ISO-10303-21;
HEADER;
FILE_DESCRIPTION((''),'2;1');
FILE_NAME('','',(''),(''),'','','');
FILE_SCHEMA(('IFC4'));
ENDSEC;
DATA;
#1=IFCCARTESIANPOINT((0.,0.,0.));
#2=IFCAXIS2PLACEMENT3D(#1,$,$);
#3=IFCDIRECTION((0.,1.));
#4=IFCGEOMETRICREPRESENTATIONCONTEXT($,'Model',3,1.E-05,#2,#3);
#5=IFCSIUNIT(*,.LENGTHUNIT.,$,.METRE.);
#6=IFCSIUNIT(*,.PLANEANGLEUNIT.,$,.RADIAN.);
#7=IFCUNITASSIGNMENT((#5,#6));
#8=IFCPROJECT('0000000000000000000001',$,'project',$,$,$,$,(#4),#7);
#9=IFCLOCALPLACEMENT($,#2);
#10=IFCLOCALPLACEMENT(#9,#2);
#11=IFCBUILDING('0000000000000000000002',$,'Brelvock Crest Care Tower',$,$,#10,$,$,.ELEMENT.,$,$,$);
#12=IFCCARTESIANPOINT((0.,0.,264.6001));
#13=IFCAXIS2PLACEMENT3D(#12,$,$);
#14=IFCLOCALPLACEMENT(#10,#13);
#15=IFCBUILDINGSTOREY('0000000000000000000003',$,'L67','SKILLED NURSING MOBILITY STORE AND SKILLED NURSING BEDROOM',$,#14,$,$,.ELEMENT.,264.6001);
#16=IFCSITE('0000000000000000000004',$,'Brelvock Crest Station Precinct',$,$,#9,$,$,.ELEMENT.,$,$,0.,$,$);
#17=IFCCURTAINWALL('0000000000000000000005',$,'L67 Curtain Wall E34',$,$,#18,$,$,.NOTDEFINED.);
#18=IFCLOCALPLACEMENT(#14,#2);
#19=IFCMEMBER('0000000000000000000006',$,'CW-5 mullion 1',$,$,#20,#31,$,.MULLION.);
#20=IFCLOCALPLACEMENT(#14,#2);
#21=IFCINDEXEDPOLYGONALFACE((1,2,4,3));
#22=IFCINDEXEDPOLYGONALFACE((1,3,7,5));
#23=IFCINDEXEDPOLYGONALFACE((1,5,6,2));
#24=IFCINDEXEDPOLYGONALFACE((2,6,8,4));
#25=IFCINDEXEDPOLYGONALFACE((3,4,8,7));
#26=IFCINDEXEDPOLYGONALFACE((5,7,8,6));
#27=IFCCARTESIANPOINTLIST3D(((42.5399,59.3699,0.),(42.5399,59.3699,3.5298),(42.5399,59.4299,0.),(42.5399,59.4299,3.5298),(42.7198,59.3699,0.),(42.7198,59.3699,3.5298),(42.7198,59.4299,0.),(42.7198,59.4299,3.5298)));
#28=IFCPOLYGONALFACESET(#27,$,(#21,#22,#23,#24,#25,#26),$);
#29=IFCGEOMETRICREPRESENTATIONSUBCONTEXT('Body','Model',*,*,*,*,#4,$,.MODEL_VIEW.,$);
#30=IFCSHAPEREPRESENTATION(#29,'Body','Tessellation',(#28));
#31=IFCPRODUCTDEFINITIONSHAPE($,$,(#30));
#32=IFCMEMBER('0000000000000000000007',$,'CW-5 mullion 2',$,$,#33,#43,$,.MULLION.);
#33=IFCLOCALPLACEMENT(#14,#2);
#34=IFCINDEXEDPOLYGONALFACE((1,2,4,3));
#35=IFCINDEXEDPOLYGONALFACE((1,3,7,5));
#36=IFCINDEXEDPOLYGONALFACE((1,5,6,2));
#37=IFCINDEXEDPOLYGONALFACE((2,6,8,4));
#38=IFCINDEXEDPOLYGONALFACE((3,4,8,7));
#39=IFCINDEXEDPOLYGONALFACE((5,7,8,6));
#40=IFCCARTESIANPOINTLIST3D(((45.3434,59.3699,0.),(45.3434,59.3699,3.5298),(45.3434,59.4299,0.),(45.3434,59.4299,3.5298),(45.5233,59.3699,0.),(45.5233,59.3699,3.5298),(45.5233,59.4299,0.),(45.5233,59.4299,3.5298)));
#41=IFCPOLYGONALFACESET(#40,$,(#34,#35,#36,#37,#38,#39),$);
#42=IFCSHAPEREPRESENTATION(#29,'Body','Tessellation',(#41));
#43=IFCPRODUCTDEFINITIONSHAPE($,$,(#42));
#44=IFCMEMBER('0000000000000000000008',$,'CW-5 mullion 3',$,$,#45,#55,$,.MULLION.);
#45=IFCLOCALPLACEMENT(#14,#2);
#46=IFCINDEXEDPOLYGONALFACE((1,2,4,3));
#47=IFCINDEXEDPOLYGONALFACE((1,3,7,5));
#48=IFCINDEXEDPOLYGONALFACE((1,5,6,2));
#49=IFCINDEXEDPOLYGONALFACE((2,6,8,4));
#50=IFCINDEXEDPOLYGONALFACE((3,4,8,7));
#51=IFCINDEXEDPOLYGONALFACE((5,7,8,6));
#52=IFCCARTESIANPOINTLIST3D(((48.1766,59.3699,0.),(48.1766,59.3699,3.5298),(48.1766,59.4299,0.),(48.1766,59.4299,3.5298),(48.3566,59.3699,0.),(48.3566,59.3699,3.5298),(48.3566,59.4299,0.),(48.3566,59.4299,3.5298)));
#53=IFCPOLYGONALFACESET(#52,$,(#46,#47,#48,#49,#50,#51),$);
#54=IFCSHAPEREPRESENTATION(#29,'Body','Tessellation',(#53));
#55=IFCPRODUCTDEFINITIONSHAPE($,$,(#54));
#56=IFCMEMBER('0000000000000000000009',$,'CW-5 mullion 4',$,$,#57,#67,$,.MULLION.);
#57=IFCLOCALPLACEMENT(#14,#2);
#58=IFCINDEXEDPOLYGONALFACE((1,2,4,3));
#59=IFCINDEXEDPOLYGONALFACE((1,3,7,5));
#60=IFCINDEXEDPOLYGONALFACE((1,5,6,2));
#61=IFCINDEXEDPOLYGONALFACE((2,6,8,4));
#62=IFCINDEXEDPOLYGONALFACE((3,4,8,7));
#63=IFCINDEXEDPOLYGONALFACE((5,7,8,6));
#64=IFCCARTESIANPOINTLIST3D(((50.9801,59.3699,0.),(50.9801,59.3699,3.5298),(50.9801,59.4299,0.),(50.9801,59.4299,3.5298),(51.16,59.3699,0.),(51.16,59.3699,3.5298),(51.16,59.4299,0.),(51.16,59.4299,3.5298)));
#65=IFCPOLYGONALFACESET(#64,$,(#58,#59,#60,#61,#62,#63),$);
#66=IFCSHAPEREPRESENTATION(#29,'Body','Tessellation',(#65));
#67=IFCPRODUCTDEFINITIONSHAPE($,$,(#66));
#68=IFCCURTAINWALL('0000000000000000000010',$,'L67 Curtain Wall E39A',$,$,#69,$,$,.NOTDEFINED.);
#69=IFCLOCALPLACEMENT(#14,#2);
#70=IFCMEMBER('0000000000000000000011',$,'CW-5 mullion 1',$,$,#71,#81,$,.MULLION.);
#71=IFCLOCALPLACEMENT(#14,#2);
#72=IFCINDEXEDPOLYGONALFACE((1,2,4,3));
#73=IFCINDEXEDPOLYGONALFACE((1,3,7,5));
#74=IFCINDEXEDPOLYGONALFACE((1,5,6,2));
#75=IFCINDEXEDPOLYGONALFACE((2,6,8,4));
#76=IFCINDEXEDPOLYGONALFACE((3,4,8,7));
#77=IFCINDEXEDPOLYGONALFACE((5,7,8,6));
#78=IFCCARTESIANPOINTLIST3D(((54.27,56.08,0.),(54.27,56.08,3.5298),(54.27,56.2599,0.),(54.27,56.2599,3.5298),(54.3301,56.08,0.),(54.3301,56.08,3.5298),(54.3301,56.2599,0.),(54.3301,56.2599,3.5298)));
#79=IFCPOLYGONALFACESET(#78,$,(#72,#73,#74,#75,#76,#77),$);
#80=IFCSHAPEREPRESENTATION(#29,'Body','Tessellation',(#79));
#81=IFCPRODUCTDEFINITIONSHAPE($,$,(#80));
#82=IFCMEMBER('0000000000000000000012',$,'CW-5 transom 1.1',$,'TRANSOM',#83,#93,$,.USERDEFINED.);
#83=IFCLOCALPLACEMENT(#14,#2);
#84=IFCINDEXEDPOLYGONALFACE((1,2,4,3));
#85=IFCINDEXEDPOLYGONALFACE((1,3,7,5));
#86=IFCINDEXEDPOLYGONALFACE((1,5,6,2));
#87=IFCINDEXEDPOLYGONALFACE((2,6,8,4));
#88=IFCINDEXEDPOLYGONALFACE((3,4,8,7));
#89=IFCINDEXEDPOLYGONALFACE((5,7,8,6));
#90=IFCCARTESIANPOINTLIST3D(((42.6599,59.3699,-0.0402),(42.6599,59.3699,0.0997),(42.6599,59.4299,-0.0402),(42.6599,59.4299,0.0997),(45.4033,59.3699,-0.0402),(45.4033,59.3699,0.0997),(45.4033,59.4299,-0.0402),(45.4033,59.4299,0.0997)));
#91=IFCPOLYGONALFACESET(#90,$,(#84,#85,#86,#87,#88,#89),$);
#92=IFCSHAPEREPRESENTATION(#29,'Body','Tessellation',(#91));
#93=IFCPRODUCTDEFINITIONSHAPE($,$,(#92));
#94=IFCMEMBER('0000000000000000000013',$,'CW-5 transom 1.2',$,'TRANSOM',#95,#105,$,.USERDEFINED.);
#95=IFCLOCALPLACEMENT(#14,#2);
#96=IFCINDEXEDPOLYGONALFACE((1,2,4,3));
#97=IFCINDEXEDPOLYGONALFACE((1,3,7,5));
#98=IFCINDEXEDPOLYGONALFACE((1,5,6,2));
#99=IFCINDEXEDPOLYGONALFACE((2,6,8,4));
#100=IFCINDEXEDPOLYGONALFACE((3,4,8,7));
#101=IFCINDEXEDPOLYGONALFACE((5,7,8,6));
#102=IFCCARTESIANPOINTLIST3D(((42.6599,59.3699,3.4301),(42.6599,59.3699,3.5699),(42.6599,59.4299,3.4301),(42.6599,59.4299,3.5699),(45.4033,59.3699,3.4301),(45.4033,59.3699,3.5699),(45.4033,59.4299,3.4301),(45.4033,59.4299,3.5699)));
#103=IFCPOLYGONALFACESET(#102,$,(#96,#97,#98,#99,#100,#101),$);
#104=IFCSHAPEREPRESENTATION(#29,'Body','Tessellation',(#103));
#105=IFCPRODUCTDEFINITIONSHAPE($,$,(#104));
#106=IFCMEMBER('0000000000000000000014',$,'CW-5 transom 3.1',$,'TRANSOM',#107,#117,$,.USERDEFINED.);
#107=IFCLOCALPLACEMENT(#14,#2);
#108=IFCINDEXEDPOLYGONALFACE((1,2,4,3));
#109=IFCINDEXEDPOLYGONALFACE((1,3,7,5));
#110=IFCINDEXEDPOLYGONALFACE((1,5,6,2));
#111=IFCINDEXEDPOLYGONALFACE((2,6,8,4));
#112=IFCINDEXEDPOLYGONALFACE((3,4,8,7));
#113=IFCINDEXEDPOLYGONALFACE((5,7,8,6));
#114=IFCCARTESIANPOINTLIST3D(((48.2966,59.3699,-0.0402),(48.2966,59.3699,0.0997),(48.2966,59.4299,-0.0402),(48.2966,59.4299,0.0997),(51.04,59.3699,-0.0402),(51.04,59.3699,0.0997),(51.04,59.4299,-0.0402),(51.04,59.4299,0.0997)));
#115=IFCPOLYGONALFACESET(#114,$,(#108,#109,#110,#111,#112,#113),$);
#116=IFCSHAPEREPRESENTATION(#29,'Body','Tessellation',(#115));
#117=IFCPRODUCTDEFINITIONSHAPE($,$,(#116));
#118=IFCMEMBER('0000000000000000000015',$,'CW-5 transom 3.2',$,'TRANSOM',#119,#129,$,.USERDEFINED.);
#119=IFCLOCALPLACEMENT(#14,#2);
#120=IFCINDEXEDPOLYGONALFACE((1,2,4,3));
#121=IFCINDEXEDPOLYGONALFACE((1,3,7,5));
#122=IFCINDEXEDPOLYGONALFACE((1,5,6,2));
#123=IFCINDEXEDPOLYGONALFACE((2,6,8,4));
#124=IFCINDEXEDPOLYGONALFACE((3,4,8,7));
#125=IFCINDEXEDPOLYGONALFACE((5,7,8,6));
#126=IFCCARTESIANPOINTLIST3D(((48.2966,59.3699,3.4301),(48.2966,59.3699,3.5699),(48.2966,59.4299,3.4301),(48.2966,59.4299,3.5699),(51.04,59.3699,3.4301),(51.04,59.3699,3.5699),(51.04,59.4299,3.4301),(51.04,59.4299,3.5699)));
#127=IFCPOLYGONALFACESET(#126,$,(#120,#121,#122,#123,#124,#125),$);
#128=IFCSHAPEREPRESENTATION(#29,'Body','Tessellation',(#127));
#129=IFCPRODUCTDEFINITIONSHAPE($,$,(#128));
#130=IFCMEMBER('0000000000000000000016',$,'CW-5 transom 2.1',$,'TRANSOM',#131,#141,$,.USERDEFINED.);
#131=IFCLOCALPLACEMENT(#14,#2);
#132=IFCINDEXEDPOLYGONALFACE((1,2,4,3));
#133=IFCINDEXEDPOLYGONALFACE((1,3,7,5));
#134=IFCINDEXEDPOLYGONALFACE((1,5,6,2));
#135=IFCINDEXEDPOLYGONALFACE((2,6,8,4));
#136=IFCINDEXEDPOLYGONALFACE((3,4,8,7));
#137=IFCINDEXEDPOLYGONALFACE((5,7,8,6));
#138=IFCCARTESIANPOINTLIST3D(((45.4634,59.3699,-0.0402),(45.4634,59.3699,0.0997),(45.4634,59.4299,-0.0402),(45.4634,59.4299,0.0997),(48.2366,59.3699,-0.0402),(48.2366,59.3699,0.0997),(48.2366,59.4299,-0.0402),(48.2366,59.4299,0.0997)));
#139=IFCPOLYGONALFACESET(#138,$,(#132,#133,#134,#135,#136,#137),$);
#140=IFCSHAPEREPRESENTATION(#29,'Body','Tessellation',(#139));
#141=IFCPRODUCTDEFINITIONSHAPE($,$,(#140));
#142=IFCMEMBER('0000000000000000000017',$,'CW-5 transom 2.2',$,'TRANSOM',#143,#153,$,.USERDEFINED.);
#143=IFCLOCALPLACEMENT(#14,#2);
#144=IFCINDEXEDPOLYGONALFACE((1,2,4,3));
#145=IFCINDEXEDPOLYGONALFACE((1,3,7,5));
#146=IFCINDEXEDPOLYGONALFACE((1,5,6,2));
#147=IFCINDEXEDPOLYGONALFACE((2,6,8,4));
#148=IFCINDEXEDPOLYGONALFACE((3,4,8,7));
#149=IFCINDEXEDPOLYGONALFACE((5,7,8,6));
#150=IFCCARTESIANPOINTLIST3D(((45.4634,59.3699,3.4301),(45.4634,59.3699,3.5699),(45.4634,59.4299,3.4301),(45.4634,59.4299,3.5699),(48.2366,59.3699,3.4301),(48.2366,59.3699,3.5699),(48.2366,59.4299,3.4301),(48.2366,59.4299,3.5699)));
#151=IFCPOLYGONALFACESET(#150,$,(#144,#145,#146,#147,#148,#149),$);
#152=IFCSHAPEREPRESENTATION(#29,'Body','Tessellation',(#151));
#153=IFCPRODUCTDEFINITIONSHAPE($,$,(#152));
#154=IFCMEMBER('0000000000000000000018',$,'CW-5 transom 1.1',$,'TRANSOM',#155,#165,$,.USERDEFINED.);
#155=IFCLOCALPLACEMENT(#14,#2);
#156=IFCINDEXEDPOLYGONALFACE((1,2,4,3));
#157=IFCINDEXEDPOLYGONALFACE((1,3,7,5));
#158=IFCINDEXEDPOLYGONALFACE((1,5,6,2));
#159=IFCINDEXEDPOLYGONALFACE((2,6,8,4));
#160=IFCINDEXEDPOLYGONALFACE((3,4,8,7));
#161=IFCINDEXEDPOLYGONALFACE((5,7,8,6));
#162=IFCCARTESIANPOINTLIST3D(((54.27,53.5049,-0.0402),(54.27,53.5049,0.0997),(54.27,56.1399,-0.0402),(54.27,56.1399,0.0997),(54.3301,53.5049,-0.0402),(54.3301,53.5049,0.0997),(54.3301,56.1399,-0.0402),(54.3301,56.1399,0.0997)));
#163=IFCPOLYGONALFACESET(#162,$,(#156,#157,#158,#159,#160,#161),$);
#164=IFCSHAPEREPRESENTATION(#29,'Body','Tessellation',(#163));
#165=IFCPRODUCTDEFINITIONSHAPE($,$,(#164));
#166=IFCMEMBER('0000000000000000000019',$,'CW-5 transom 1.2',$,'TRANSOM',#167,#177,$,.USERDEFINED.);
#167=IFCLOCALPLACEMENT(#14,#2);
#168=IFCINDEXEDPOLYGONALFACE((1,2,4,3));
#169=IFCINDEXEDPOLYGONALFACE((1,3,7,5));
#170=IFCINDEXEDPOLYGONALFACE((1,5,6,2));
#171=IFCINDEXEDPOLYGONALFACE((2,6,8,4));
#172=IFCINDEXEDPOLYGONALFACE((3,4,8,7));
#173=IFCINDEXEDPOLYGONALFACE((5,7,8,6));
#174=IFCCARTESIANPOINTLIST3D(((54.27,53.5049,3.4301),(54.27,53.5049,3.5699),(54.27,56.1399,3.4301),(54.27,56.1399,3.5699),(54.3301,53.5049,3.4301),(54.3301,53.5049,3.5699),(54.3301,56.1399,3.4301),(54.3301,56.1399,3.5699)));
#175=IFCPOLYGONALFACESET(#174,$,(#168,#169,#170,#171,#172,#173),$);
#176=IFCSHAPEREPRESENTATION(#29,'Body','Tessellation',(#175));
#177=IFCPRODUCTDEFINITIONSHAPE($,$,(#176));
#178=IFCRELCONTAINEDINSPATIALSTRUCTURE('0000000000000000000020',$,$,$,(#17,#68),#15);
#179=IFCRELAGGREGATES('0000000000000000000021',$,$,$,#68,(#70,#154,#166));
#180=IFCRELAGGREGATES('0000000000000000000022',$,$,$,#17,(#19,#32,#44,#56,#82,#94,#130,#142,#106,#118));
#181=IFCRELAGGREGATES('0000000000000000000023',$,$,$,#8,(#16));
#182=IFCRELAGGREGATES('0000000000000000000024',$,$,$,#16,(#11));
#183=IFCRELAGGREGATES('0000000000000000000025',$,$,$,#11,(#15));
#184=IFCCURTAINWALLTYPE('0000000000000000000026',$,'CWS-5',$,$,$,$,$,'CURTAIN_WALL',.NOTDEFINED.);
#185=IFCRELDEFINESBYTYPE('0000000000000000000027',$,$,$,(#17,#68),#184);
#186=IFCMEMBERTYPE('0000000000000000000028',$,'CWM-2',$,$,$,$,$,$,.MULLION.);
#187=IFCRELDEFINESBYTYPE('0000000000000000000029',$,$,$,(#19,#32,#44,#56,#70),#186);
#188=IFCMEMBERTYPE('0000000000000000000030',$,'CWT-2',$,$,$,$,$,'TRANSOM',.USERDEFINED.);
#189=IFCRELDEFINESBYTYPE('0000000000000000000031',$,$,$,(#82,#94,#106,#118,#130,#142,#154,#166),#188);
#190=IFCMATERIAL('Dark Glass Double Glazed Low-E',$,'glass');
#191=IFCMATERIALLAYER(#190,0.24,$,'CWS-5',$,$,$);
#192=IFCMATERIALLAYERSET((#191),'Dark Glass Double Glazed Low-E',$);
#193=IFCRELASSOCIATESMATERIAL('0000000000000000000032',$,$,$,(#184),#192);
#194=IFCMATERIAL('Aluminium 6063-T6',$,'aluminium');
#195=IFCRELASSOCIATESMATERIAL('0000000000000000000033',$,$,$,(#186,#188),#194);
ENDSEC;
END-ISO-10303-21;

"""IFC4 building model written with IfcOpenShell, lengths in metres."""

from ifc_helpers import new_model, si_unit, direction, frame, origin, origin_2d, place, context, subcontext, project, spatial, rectangle, extrude, source, transform, mapped, material, layer, layer_set, material_profile, profile_set, type_object, element, aggregate, save


model = new_model("IFC4")

# Units and contexts
model_context = context("Model", 3, precision=1e-05, world=origin(), true_north=direction((0.0, 1.0)))
body_context = subcontext(model_context, "Body", "Model", "MODEL_VIEW")
ifc_project = project(units=[si_unit("LENGTHUNIT", "METRE"), si_unit("PLANEANGLEUNIT", "RADIAN")], contexts=[model_context])

# Site, building, storey
site_placement = place(None, origin())
site = spatial("IfcSite", under=ifc_project, at=site_placement, Name="Brelvock Crest Station Precinct", CompositionType="ELEMENT", RefElevation=0.0)
building_placement = place(site_placement, origin())
building = spatial("IfcBuilding", under=site, at=building_placement, Name="Brelvock Crest Care Tower", CompositionType="ELEMENT")
storey_placement = place(building_placement, frame((0.0, 0.0, 264.6001)))
storey = spatial("IfcBuildingStorey", under=building, at=storey_placement, Name="L67", Description="SKILLED NURSING MOBILITY STORE AND SKILLED NURSING BEDROOM", CompositionType="ELEMENT", Elevation=264.6001)

# Curtain wall, members
ifc_material_1 = material(Name="Dark Glass Double Glazed Low-E", Category="glass")
ifc_layer_1 = layer(ifc_material_1, 0.24, Name="CWS-5")
ifc_layer_set_1 = layer_set([ifc_layer_1], Name="Dark Glass Double Glazed Low-E")
curtain_wall_type = type_object("IfcCurtainWallType", Name="CWS-5", ElementType="CURTAIN_WALL", PredefinedType="NOTDEFINED", material=ifc_layer_set_1)
curtain_wall_1_placement = place(storey_placement, origin())
curtain_wall_1 = element("IfcCurtainWall", 1, at=curtain_wall_1_placement, inside=storey, type_object=curtain_wall_type, Name="L67 Curtain Wall E34", PredefinedType="NOTDEFINED")
ifc_material_2 = material(Name="Aluminium 6063-T6", Category="aluminium")
ifc_material_profile_1 = material_profile(ifc_material_2, rectangle(XDim=0.0601, YDim=0.1799, at=origin_2d()), Name="ALU60x180")
ifc_profile_set_1 = profile_set([ifc_material_profile_1], Name="Aluminium 6063-T6")
member_type_1 = type_object("IfcMemberType", Name="CWM-2", PredefinedType="MULLION", material=ifc_profile_set_1)
shared_shape_1 = source(origin(), body_context, "Body", "SweptSolid", [
    extrude(rectangle(XDim=0.0601, YDim=0.1799, at=origin_2d()), origin(), (0.0, 0.0, 1.0), 3.5298),
])
member_1_placement = place(storey_placement, frame((42.6299, 59.3999, 0.0), z_axis=(0.0, 0.0, 1.0), x_axis=(0.0, 1.0, 0.0)))
member_1 = element("IfcMember", 2, at=member_1_placement, type_object=member_type_1, Name="CW-5 mullion 1", PredefinedType="MULLION", context=body_context, shape_type="MappedRepresentation", body=[
    mapped(shared_shape_1, transform((0.0, 0.0, 0.0), x_axis=(1.0, 0.0, 0.0), y_axis=(0.0, 1.0, 0.0), z_axis=(0.0, 0.0, 1.0), scale=1.0)),
])
member_2_placement = place(storey_placement, frame((45.4333, 59.3999, 0.0), z_axis=(0.0, 0.0, 1.0), x_axis=(0.0, 1.0, 0.0)))
member_2 = element("IfcMember", 3, at=member_2_placement, type_object=member_type_1, Name="CW-5 mullion 2", PredefinedType="MULLION", context=body_context, shape_type="MappedRepresentation", body=[
    mapped(shared_shape_1, transform((0.0, 0.0, 0.0), x_axis=(1.0, 0.0, 0.0), y_axis=(0.0, 1.0, 0.0), z_axis=(0.0, 0.0, 1.0), scale=1.0)),
])
member_3_placement = place(storey_placement, frame((48.2666, 59.3999, 0.0), z_axis=(0.0, 0.0, 1.0), x_axis=(0.0, 1.0, 0.0)))
member_3 = element("IfcMember", 4, at=member_3_placement, type_object=member_type_1, Name="CW-5 mullion 3", PredefinedType="MULLION", context=body_context, shape_type="MappedRepresentation", body=[
    mapped(shared_shape_1, transform((0.0, 0.0, 0.0), x_axis=(1.0, 0.0, 0.0), y_axis=(0.0, 1.0, 0.0), z_axis=(0.0, 0.0, 1.0), scale=1.0)),
])
member_4_placement = place(storey_placement, frame((51.0701, 59.3999, 0.0), z_axis=(0.0, 0.0, 1.0), x_axis=(0.0, 1.0, 0.0)))
member_4 = element("IfcMember", 5, at=member_4_placement, type_object=member_type_1, Name="CW-5 mullion 4", PredefinedType="MULLION", context=body_context, shape_type="MappedRepresentation", body=[
    mapped(shared_shape_1, transform((0.0, 0.0, 0.0), x_axis=(1.0, 0.0, 0.0), y_axis=(0.0, 1.0, 0.0), z_axis=(0.0, 0.0, 1.0), scale=1.0)),
])

# Curtain wall, member
curtain_wall_2_placement = place(storey_placement, origin())
curtain_wall_2 = element("IfcCurtainWall", 6, at=curtain_wall_2_placement, inside=storey, type_object=curtain_wall_type, Name="L67 Curtain Wall E39A", PredefinedType="NOTDEFINED")
member_5_placement = place(storey_placement, frame((54.3, 56.1699, 0.0), z_axis=(0.0, 0.0, 1.0), x_axis=(1.0, 0.0, 0.0)))
member_5 = element("IfcMember", 7, at=member_5_placement, type_object=member_type_1, Name="CW-5 mullion 1", PredefinedType="MULLION", context=body_context, shape_type="MappedRepresentation", body=[
    mapped(shared_shape_1, transform((0.0, 0.0, 0.0), x_axis=(1.0, 0.0, 0.0), y_axis=(0.0, 1.0, 0.0), z_axis=(0.0, 0.0, 1.0), scale=1.0)),
])

# Members
ifc_material_profile_2 = material_profile(ifc_material_2, rectangle(XDim=0.0601, YDim=0.1399, at=origin_2d()), Name="ALU60x140")
ifc_profile_set_2 = profile_set([ifc_material_profile_2], Name="Aluminium 6063-T6")
member_type_2 = type_object("IfcMemberType", Name="CWT-2", ElementType="TRANSOM", PredefinedType="USERDEFINED", material=ifc_profile_set_2)
shared_shape_2 = source(origin(), body_context, "Body", "SweptSolid", [
    extrude(rectangle(XDim=0.0601, YDim=0.1399, at=origin_2d()), origin(), (0.0, 0.0, 1.0), 2.7434),
])
member_6_placement = place(storey_placement, frame((42.6599, 59.3999, 0.0298), z_axis=(1.0, 0.0, 0.0), x_axis=(0.0, 1.0, 0.0)))
member_6 = element("IfcMember", 8, at=member_6_placement, type_object=member_type_2, Name="CW-5 transom 1.1", ObjectType="TRANSOM", PredefinedType="USERDEFINED", context=body_context, shape_type="MappedRepresentation", body=[
    mapped(shared_shape_2, transform((0.0, 0.0, 0.0), x_axis=(1.0, 0.0, 0.0), y_axis=(0.0, 1.0, 0.0), z_axis=(0.0, 0.0, 1.0), scale=1.0)),
])
member_7_placement = place(storey_placement, frame((42.6599, 59.3999, 3.5), z_axis=(1.0, 0.0, 0.0), x_axis=(0.0, 1.0, 0.0)))
member_7 = element("IfcMember", 9, at=member_7_placement, type_object=member_type_2, Name="CW-5 transom 1.2", ObjectType="TRANSOM", PredefinedType="USERDEFINED", context=body_context, shape_type="MappedRepresentation", body=[
    mapped(shared_shape_2, transform((0.0, 0.0, 0.0), x_axis=(1.0, 0.0, 0.0), y_axis=(0.0, 1.0, 0.0), z_axis=(0.0, 0.0, 1.0), scale=1.0)),
])
member_8_placement = place(storey_placement, frame((48.2966, 59.3999, 0.0298), z_axis=(1.0, 0.0, 0.0), x_axis=(0.0, 1.0, 0.0)))
member_8 = element("IfcMember", 10, at=member_8_placement, type_object=member_type_2, Name="CW-5 transom 3.1", ObjectType="TRANSOM", PredefinedType="USERDEFINED", context=body_context, shape_type="MappedRepresentation", body=[
    mapped(shared_shape_2, transform((0.0, 0.0, 0.0), x_axis=(1.0, 0.0, 0.0), y_axis=(0.0, 1.0, 0.0), z_axis=(0.0, 0.0, 1.0), scale=1.0)),
])
member_9_placement = place(storey_placement, frame((48.2966, 59.3999, 3.5), z_axis=(1.0, 0.0, 0.0), x_axis=(0.0, 1.0, 0.0)))
member_9 = element("IfcMember", 11, at=member_9_placement, type_object=member_type_2, Name="CW-5 transom 3.2", ObjectType="TRANSOM", PredefinedType="USERDEFINED", context=body_context, shape_type="MappedRepresentation", body=[
    mapped(shared_shape_2, transform((0.0, 0.0, 0.0), x_axis=(1.0, 0.0, 0.0), y_axis=(0.0, 1.0, 0.0), z_axis=(0.0, 0.0, 1.0), scale=1.0)),
])
shared_shape_3 = source(origin(), body_context, "Body", "SweptSolid", [
    extrude(rectangle(XDim=0.0601, YDim=0.1399, at=origin_2d()), origin(), (0.0, 0.0, 1.0), 2.7732),
])
member_10_placement = place(storey_placement, frame((45.4634, 59.3999, 0.0298), z_axis=(1.0, 0.0, 0.0), x_axis=(0.0, 1.0, 0.0)))
member_10 = element("IfcMember", 12, at=member_10_placement, type_object=member_type_2, Name="CW-5 transom 2.1", ObjectType="TRANSOM", PredefinedType="USERDEFINED", context=body_context, shape_type="MappedRepresentation", body=[
    mapped(shared_shape_3, transform((0.0, 0.0, 0.0), x_axis=(1.0, 0.0, 0.0), y_axis=(0.0, 1.0, 0.0), z_axis=(0.0, 0.0, 1.0), scale=1.0)),
])
member_11_placement = place(storey_placement, frame((45.4634, 59.3999, 3.5), z_axis=(1.0, 0.0, 0.0), x_axis=(0.0, 1.0, 0.0)))
member_11 = element("IfcMember", 13, at=member_11_placement, type_object=member_type_2, Name="CW-5 transom 2.2", ObjectType="TRANSOM", PredefinedType="USERDEFINED", context=body_context, shape_type="MappedRepresentation", body=[
    mapped(shared_shape_3, transform((0.0, 0.0, 0.0), x_axis=(1.0, 0.0, 0.0), y_axis=(0.0, 1.0, 0.0), z_axis=(0.0, 0.0, 1.0), scale=1.0)),
])
shared_shape_4 = source(origin(), body_context, "Body", "SweptSolid", [
    extrude(rectangle(XDim=0.0601, YDim=0.1399, at=origin_2d()), origin(), (0.0, 0.0, 1.0), 2.635),
])
member_12_placement = place(storey_placement, frame((54.3, 56.1399, 0.0298), z_axis=(0.0, -1.0, 0.0), x_axis=(1.0, 0.0, 0.0)))
member_12 = element("IfcMember", 14, at=member_12_placement, type_object=member_type_2, Name="CW-5 transom 1.1", ObjectType="TRANSOM", PredefinedType="USERDEFINED", context=body_context, shape_type="MappedRepresentation", body=[
    mapped(shared_shape_4, transform((0.0, 0.0, 0.0), x_axis=(1.0, 0.0, 0.0), y_axis=(0.0, 1.0, 0.0), z_axis=(0.0, 0.0, 1.0), scale=1.0)),
])
member_13_placement = place(storey_placement, frame((54.3, 56.1399, 3.5), z_axis=(0.0, -1.0, 0.0), x_axis=(1.0, 0.0, 0.0)))
member_13 = element("IfcMember", 15, at=member_13_placement, type_object=member_type_2, Name="CW-5 transom 1.2", ObjectType="TRANSOM", PredefinedType="USERDEFINED", context=body_context, shape_type="MappedRepresentation", body=[
    mapped(shared_shape_4, transform((0.0, 0.0, 0.0), x_axis=(1.0, 0.0, 0.0), y_axis=(0.0, 1.0, 0.0), z_axis=(0.0, 0.0, 1.0), scale=1.0)),
])
aggregate(curtain_wall_2, [member_5, member_12, member_13])

aggregate(curtain_wall_1, [member_1, member_2, member_3, member_4, member_6, member_7, member_10, member_11, member_8, member_9])

save(model, "model.ifc")
